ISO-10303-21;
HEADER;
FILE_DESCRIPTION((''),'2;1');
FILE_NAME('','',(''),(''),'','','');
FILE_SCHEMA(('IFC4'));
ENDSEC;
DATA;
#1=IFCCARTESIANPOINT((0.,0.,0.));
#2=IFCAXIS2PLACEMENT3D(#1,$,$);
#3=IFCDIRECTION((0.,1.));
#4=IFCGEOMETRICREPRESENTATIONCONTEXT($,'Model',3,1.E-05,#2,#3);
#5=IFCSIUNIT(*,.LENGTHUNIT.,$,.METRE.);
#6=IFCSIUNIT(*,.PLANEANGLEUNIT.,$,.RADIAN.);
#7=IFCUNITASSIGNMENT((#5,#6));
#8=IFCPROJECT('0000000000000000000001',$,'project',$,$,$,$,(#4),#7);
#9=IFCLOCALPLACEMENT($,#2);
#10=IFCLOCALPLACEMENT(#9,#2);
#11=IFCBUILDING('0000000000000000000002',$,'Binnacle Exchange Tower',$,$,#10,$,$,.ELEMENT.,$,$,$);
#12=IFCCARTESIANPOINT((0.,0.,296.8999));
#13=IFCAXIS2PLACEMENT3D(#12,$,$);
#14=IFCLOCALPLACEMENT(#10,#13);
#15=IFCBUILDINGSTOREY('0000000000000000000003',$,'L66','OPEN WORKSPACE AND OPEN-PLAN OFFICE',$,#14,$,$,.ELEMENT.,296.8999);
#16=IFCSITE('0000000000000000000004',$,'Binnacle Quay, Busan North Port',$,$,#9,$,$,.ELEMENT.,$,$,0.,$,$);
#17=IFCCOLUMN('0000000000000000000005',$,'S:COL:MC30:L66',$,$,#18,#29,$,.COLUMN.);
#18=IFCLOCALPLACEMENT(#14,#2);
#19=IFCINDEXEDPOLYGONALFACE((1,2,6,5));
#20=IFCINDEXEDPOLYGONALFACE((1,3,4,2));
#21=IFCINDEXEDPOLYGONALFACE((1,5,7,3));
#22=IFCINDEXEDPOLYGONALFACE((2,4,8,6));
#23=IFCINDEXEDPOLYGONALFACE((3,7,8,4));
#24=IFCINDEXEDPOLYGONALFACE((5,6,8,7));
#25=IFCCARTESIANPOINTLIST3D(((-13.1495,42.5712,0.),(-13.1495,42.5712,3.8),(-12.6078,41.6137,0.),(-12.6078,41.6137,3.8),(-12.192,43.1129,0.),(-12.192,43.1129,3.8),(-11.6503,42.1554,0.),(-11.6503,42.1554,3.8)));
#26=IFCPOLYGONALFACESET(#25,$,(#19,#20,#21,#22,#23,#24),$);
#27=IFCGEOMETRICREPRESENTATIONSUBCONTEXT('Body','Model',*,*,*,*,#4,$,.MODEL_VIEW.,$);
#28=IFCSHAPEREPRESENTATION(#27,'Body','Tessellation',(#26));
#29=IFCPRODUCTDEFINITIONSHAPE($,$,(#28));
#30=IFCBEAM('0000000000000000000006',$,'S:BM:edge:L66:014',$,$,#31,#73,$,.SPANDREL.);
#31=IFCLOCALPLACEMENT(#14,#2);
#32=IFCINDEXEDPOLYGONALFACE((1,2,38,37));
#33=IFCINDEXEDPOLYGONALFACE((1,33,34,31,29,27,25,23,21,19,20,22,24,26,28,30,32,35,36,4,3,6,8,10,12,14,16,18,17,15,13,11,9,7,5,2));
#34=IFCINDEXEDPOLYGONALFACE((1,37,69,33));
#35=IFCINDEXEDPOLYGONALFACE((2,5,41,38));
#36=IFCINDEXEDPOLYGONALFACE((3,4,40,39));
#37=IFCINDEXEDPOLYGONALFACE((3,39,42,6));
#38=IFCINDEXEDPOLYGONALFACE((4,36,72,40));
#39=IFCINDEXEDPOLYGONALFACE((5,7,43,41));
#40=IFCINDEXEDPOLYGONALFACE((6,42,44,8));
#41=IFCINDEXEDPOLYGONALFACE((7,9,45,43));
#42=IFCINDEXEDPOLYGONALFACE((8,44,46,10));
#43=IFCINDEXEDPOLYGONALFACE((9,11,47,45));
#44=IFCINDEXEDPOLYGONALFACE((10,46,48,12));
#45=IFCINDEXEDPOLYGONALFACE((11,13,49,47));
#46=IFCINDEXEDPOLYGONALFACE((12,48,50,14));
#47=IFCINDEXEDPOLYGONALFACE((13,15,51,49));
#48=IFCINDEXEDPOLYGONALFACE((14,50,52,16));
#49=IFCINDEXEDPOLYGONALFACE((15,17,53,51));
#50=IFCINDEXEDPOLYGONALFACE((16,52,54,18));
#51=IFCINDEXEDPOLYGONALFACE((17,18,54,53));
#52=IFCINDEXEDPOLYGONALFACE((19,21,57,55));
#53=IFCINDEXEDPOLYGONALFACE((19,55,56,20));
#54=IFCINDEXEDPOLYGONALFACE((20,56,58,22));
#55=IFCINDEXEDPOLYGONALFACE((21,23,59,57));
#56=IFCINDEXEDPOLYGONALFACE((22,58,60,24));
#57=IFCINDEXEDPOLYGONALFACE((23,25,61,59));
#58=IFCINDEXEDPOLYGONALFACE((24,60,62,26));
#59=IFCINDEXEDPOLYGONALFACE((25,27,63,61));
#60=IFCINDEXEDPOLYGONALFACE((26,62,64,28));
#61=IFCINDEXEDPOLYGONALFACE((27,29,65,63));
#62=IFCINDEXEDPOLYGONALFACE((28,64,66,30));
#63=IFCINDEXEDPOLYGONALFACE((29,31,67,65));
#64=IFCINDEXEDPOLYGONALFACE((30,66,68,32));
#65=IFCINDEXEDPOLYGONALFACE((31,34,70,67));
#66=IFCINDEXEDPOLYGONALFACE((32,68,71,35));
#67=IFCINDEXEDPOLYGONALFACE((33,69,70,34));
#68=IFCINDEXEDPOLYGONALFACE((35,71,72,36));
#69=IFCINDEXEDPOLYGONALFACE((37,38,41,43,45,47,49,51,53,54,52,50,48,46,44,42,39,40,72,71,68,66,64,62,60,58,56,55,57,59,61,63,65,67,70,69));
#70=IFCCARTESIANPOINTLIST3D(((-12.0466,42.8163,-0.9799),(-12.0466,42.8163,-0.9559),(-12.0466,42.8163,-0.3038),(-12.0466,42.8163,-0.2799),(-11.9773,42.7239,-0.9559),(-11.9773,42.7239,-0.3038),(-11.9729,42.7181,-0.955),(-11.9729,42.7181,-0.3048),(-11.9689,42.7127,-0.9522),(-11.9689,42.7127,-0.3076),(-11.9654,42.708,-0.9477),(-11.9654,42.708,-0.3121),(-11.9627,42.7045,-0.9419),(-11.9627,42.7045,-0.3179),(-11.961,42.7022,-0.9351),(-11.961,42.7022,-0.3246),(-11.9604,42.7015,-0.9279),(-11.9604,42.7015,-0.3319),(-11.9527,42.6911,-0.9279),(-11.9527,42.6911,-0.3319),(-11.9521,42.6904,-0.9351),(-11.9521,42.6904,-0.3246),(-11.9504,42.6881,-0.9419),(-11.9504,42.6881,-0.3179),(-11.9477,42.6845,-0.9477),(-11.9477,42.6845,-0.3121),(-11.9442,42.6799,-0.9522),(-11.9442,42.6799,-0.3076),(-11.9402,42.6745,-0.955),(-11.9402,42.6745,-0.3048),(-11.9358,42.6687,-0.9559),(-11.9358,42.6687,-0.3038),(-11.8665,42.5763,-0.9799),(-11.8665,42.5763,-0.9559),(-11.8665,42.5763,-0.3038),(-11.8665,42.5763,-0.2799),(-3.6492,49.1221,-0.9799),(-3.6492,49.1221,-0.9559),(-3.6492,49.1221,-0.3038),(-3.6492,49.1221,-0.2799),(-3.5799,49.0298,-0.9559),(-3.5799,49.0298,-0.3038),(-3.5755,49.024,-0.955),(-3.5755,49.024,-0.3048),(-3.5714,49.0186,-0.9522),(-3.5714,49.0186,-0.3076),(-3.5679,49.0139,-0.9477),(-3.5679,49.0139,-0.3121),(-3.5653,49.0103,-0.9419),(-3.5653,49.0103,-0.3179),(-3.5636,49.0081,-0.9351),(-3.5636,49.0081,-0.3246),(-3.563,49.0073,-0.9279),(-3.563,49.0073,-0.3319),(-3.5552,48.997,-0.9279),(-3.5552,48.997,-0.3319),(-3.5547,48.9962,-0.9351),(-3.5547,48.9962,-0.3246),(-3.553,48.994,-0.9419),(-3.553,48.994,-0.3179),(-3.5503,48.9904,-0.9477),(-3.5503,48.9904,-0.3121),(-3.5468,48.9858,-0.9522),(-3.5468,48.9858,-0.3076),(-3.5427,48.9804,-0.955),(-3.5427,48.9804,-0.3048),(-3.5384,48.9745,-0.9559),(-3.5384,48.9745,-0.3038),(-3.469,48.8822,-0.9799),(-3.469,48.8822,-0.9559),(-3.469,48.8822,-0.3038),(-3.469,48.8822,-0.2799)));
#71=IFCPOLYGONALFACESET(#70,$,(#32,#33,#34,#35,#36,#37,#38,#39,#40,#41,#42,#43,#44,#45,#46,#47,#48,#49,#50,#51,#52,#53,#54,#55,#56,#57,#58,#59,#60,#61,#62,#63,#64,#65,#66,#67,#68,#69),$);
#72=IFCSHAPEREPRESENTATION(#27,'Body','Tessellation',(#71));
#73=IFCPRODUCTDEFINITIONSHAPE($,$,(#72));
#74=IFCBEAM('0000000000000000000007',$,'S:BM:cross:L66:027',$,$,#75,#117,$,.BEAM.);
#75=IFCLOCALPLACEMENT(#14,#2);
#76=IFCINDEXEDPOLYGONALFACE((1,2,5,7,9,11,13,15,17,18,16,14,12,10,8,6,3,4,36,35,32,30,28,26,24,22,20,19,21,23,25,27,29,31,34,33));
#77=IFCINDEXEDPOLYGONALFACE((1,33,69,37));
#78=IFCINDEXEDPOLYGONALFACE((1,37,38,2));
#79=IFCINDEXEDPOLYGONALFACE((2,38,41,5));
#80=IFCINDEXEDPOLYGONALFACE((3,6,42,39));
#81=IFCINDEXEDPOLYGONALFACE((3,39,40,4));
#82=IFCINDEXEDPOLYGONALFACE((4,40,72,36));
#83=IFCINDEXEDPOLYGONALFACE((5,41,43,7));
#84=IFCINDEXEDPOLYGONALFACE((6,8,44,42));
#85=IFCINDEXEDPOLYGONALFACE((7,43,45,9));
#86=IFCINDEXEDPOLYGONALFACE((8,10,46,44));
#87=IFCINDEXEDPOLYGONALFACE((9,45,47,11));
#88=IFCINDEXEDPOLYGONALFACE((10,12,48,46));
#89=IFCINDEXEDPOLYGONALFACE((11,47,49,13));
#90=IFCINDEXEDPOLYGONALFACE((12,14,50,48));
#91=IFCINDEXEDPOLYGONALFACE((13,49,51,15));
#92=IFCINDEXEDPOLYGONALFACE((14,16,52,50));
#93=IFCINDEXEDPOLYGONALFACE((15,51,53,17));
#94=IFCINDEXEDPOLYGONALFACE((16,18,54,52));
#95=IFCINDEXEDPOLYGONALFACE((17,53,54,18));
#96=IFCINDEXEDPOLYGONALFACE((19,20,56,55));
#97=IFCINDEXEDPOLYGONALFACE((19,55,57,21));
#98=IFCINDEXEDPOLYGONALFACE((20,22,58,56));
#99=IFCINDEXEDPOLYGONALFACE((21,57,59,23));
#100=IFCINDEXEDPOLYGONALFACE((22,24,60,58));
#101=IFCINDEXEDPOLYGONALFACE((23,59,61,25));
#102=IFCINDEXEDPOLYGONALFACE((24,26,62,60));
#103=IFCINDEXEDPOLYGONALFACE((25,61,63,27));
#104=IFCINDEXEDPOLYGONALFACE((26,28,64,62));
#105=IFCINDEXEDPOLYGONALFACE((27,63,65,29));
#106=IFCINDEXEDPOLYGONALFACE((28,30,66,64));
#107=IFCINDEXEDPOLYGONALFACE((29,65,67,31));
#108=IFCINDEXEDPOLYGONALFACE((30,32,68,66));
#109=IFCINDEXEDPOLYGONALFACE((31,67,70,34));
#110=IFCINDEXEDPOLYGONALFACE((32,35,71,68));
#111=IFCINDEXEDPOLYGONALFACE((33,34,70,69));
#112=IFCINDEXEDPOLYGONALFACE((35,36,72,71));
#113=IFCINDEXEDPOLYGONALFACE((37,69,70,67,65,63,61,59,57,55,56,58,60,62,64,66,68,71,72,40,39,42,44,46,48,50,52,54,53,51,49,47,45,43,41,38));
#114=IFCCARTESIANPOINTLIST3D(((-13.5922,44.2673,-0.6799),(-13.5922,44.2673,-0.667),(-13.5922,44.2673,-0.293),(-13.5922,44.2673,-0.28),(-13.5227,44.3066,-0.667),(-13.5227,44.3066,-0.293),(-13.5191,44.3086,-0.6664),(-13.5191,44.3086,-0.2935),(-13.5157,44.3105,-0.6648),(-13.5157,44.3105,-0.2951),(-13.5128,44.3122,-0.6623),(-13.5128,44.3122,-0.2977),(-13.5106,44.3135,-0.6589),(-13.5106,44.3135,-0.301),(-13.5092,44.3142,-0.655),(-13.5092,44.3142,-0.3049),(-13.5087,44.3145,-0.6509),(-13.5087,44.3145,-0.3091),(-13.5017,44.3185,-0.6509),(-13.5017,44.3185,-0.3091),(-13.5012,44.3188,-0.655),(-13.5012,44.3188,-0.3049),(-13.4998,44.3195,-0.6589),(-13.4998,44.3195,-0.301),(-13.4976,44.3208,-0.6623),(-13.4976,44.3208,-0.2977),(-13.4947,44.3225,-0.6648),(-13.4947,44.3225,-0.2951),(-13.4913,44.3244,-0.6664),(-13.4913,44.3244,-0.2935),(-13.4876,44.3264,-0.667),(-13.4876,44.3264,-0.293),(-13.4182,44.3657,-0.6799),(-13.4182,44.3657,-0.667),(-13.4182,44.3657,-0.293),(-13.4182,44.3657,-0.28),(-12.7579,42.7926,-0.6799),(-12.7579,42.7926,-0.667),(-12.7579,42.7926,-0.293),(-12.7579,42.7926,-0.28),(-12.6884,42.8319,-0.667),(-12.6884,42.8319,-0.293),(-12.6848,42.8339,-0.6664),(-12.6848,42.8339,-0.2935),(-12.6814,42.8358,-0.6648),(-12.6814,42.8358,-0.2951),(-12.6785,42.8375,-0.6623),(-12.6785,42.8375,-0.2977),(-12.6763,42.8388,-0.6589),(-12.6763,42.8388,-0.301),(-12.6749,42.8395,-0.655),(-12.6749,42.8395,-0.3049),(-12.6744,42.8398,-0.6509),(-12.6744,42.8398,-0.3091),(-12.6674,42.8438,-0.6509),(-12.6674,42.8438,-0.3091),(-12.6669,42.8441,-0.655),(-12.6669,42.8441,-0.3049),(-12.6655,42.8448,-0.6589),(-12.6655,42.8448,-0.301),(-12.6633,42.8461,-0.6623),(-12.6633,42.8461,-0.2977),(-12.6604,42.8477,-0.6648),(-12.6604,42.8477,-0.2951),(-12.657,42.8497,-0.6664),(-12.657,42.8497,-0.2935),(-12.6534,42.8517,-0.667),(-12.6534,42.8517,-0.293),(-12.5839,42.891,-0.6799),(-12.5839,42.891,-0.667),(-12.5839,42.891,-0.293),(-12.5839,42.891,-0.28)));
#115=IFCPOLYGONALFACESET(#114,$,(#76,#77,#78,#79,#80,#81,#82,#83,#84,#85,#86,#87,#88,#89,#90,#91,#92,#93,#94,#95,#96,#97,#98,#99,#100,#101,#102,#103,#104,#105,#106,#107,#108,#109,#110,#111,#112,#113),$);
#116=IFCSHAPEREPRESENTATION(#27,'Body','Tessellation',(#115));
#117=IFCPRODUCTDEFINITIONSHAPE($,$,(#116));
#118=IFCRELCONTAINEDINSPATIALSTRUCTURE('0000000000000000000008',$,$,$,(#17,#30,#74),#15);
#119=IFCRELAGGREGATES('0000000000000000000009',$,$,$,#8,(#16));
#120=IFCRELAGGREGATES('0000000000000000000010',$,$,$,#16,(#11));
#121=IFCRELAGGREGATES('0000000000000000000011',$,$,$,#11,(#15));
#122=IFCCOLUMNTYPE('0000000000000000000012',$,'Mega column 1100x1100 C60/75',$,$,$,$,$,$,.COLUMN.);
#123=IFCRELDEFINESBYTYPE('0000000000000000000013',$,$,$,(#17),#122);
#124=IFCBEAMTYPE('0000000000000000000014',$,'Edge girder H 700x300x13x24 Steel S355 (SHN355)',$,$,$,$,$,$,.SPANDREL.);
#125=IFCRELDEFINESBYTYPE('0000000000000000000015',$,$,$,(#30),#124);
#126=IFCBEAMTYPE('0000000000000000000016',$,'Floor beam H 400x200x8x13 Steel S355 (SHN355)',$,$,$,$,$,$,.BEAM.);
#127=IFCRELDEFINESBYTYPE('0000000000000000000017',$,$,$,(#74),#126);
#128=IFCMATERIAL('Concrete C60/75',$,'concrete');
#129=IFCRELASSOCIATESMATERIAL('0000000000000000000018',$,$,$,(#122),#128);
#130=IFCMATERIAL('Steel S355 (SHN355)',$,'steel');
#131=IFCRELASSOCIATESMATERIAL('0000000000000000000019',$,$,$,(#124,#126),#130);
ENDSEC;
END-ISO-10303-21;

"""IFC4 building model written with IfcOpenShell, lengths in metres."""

from ifc_helpers import new_model, si_unit, direction, frame, origin, origin_2d, place, context, subcontext, project, spatial, rectangle, i_section, extrude, material, material_profile, profile_set, type_object, element, save


model = new_model("IFC4")

# Units and contexts
model_context = context("Model", 3, precision=1e-05, world=origin(), true_north=direction((0.0, 1.0)))
body_context = subcontext(model_context, "Body", "Model", "MODEL_VIEW")
ifc_project = project(units=[si_unit("LENGTHUNIT", "METRE"), si_unit("PLANEANGLEUNIT", "RADIAN")], contexts=[model_context])

# Site, building, storey
site_placement = place(None, origin())
site = spatial("IfcSite", under=ifc_project, at=site_placement, Name="Binnacle Quay, Busan North Port", CompositionType="ELEMENT", RefElevation=0.0)
building_placement = place(site_placement, origin())
building = spatial("IfcBuilding", under=site, at=building_placement, Name="Binnacle Exchange Tower", CompositionType="ELEMENT")
storey_placement = place(building_placement, frame((0.0, 0.0, 296.8999)))
storey = spatial("IfcBuildingStorey", under=building, at=storey_placement, Name="L66", Description="OPEN WORKSPACE AND OPEN-PLAN OFFICE", CompositionType="ELEMENT", Elevation=296.8999)

# Column
ifc_material_1 = material(Name="Concrete C60/75", Category="concrete")
ifc_material_profile_1 = material_profile(ifc_material_1, rectangle(XDim=1.1001, YDim=1.1001, at=origin_2d()), Name="Mega column 1100x1100 C60/75")
ifc_profile_set_1 = profile_set([ifc_material_profile_1], Name="Concrete C60/75")
column_type = type_object("IfcColumnType", Name="Mega column 1100x1100 C60/75", PredefinedType="COLUMN", material=ifc_profile_set_1)
column_placement = place(storey_placement, frame((-12.3999, 42.3633, 0.0), z_axis=(0.0, 0.0, 1.0), x_axis=(0.870356, 0.492424, 0.0)))
element("IfcColumn", 1, at=column_placement, inside=storey, type_object=column_type, Name="S:COL:MC30:L66", PredefinedType="COLUMN", context=body_context, shape_type="SweptSolid", body=[
    extrude(rectangle(XDim=1.1001, YDim=1.1001, at=origin_2d()), origin(), (0.0, 0.0, 1.0), 3.8),
])

# Beams
ifc_material_2 = material(Name="Steel S355 (SHN355)", Category="steel")
ifc_material_profile_2 = material_profile(ifc_material_2, i_section(OverallWidth=0.3, OverallDepth=0.7, WebThickness=0.0129, FlangeThickness=0.0239, FilletRadius=0.0281, at=origin_2d()), Name="H 700x300x13x24")
ifc_profile_set_2 = profile_set([ifc_material_profile_2], Name="Steel S355 (SHN355)")
beam_type_1 = type_object("IfcBeamType", Name="Edge girder H 700x300x13x24 Steel S355 (SHN355)", PredefinedType="SPANDREL", material=ifc_profile_set_2)
beam_1_placement = place(storey_placement, frame((-11.9565, 42.6963, -0.6299), z_axis=(0.799643, 0.600476, 0.0), x_axis=(-0.600476, 0.799643, 0.0)))
element("IfcBeam", 2, at=beam_1_placement, inside=storey, type_object=beam_type_1, Name="S:BM:edge:L66:014", PredefinedType="SPANDREL", context=body_context, shape_type="SweptSolid", body=[
    extrude(i_section(OverallWidth=0.3, OverallDepth=0.7, WebThickness=0.0129, FlangeThickness=0.0239, FilletRadius=0.0281, at=origin_2d()), origin(), (0.0, 0.0, 1.0), 10.5015),
])
ifc_material_profile_3 = material_profile(ifc_material_2, i_section(OverallWidth=0.2, OverallDepth=0.3999, WebThickness=0.0081, FlangeThickness=0.0129, FilletRadius=0.0161, at=origin_2d()), Name="H 400x200x8x13")
ifc_profile_set_3 = profile_set([ifc_material_profile_3], Name="Steel S355 (SHN355)")
beam_type_2 = type_object("IfcBeamType", Name="Floor beam H 400x200x8x13 Steel S355 (SHN355)", PredefinedType="BEAM", material=ifc_profile_set_3)
beam_2_placement = place(storey_placement, frame((-12.6709, 42.8418, -0.48), z_axis=(-0.492394, 0.870372, 0.0), x_axis=(-0.870372, -0.492394, 0.0)))
element("IfcBeam", 3, at=beam_2_placement, inside=storey, type_object=beam_type_2, Name="S:BM:cross:L66:027", PredefinedType="BEAM", context=body_context, shape_type="SweptSolid", body=[
    extrude(i_section(OverallWidth=0.2, OverallDepth=0.3999, WebThickness=0.0081, FlangeThickness=0.0129, FilletRadius=0.0161, at=origin_2d()), origin(), (0.0, 0.0, 1.0), 1.6943),
])

save(model, "model.ifc")
